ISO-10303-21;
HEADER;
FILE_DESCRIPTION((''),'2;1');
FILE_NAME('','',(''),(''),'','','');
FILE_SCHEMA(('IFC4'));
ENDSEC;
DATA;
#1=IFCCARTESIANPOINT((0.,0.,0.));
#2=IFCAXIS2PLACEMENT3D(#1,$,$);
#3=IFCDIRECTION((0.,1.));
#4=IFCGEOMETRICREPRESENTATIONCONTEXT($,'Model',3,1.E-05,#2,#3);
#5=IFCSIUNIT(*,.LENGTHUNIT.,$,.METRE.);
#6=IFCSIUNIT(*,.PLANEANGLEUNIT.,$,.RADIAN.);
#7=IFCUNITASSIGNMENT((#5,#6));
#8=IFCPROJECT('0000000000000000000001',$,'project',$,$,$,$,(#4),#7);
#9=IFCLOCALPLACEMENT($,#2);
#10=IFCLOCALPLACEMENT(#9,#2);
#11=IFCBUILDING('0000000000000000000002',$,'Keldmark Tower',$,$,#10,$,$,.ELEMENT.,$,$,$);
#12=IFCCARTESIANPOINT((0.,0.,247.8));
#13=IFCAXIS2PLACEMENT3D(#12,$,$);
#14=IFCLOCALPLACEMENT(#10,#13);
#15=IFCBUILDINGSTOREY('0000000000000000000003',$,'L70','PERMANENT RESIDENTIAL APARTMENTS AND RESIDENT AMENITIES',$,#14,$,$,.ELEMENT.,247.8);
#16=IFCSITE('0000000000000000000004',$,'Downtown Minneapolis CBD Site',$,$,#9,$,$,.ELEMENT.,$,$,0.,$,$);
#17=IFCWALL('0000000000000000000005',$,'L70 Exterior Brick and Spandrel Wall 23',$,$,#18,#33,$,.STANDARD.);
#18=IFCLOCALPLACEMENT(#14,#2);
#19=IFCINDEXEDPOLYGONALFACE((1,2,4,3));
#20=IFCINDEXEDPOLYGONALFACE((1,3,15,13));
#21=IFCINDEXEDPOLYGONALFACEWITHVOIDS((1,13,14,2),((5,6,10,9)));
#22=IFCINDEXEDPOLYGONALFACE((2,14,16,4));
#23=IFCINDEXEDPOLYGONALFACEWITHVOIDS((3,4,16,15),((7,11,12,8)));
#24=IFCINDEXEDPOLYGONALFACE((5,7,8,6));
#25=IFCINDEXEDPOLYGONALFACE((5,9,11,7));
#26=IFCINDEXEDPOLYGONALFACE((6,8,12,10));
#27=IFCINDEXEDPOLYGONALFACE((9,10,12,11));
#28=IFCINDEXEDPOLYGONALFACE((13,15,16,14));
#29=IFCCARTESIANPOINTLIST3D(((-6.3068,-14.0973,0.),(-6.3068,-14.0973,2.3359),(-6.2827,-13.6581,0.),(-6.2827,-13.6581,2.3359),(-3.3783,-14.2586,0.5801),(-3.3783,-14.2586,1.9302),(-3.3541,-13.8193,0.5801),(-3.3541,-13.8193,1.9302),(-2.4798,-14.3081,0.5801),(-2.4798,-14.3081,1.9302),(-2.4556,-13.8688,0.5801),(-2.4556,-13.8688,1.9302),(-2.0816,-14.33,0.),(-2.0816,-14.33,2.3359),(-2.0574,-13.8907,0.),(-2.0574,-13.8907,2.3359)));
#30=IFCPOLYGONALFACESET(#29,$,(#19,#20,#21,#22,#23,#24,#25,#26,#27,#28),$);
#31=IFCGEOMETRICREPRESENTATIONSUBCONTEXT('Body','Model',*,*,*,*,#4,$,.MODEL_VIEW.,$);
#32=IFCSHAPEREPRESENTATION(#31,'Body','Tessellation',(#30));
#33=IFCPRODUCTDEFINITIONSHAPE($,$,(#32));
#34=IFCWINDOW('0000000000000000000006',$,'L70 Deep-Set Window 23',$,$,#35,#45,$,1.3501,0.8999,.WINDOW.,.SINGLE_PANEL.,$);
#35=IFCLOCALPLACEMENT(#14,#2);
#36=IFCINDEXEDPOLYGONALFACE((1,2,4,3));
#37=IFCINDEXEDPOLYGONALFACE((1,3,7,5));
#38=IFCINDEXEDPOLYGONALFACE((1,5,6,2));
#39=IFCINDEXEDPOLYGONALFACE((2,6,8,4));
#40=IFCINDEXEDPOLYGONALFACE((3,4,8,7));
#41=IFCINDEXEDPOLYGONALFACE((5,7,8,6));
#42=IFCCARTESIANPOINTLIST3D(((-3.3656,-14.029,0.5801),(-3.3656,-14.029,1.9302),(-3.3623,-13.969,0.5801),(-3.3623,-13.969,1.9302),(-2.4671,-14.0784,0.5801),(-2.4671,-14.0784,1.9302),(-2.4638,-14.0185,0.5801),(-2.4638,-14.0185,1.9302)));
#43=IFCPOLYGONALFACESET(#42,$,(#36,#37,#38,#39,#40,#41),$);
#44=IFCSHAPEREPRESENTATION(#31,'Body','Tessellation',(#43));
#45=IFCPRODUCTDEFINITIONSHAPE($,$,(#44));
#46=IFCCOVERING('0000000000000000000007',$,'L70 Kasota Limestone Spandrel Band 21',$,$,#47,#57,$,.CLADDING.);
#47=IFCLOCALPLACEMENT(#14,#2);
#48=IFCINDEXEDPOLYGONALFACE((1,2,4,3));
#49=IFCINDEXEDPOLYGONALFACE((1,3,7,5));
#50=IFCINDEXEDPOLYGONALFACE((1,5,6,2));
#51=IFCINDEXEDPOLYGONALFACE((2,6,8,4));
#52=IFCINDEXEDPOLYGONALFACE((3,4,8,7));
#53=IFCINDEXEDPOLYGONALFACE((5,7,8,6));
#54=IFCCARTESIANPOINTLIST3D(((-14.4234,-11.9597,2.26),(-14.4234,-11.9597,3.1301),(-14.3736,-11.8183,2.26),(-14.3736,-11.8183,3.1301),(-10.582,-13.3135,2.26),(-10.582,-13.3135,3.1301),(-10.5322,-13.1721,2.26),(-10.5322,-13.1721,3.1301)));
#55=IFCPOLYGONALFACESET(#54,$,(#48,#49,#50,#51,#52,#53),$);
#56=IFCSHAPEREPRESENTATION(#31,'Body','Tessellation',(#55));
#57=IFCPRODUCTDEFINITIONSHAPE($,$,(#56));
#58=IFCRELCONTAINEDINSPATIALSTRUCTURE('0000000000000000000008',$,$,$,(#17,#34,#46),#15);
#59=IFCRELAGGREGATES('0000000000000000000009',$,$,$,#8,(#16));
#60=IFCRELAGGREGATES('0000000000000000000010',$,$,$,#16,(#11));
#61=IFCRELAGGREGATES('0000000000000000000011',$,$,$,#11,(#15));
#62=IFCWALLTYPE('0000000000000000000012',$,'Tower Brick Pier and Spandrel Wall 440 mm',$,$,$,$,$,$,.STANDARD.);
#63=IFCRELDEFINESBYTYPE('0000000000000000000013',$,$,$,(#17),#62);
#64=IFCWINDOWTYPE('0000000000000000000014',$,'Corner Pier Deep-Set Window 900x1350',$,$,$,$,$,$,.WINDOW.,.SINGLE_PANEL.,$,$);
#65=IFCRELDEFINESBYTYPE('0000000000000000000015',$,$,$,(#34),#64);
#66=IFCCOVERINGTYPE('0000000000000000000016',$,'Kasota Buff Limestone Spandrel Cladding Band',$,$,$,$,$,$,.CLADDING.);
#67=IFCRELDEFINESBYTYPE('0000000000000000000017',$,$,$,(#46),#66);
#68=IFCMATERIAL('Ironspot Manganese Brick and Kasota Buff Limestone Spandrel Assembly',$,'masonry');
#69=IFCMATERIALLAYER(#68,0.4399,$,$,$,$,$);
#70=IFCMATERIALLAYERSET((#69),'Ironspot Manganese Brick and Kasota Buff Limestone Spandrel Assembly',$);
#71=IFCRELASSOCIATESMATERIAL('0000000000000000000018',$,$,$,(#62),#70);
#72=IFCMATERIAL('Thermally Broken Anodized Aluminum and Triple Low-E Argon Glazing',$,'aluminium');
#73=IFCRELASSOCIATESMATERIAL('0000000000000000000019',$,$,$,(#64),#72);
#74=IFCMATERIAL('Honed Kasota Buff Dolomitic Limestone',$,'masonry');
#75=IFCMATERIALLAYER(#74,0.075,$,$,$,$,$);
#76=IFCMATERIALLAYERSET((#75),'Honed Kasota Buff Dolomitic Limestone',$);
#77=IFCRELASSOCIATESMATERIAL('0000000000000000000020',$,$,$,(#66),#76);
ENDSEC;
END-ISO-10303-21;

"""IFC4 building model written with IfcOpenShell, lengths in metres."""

from ifc_helpers import new_model, si_unit, direction, frame, frame_2d, origin, origin_2d, place, context, subcontext, project, spatial, rectangle, extrude, material, layer, layer_set, type_object, element, fill, save


model = new_model("IFC4")

# Units and contexts
model_context = context("Model", 3, precision=1e-05, world=origin(), true_north=direction((0.0, 1.0)))
body_context = subcontext(model_context, "Body", "Model", "MODEL_VIEW")
ifc_project = project(units=[si_unit("LENGTHUNIT", "METRE"), si_unit("PLANEANGLEUNIT", "RADIAN")], contexts=[model_context])

# Site, building, storey
site_placement = place(None, origin())
site = spatial("IfcSite", under=ifc_project, at=site_placement, Name="Downtown Minneapolis CBD Site", CompositionType="ELEMENT", RefElevation=0.0)
building_placement = place(site_placement, origin())
building = spatial("IfcBuilding", under=site, at=building_placement, Name="Keldmark Tower", CompositionType="ELEMENT")
storey_placement = place(building_placement, frame((0.0, 0.0, 247.8)))
storey = spatial("IfcBuildingStorey", under=building, at=storey_placement, Name="L70", Description="PERMANENT RESIDENTIAL APARTMENTS AND RESIDENT AMENITIES", CompositionType="ELEMENT", Elevation=247.8)

# Wall, opening, window
ifc_material_1 = material(Name="Ironspot Manganese Brick and Kasota Buff Limestone Spandrel Assembly", Category="masonry")
ifc_layer_1 = layer(ifc_material_1, 0.4399)
ifc_layer_set_1 = layer_set([ifc_layer_1], Name="Ironspot Manganese Brick and Kasota Buff Limestone Spandrel Assembly")
wall_type_1 = type_object("IfcWallType", Name="Tower Brick Pier and Spandrel Wall 440 mm", PredefinedType="STANDARD", material=ifc_layer_set_1)
ifc_material_2 = material(Name="Thermally Broken Anodized Aluminum and Triple Low-E Argon Glazing", Category="aluminium")
window_type = type_object("IfcWindowType", Name="Corner Pier Deep-Set Window 900x1350", PartitioningType="SINGLE_PANEL", PredefinedType="WINDOW", material=ifc_material_2)
wall_1_placement = place(storey_placement, frame((-2.0696, -14.1104, 0.0), z_axis=(0.0, 0.0, 1.0), x_axis=(-0.998487, 0.054981, 0.0)))
wall_1 = element("IfcWall", 1, at=wall_1_placement, inside=storey, type_object=wall_type_1, Name="L70 Exterior Brick and Spandrel Wall 23", PredefinedType="STANDARD", context=body_context, shape_type="SweptSolid", body=[
    extrude(rectangle(XDim=4.2317, YDim=0.4399, at=frame_2d((2.1157, 0.0))), origin(), (0.0, 0.0, 1.0), 2.3359),
])
opening_1_placement = place(wall_1_placement, frame((0.3987, 0.0, 0.5801)))
opening_1 = element("IfcOpeningElement", 2, at=opening_1_placement, cuts=wall_1, PredefinedType="OPENING", context=body_context, shape_type="SweptSolid", body=[
    extrude(rectangle(XDim=0.8999, YDim=1.3501, at=frame_2d((0.45, 0.675))), frame((0.0, 0.23, 0.0), z_axis=(0.0, -1.0, 0.0), x_axis=(1.0, 0.0, 0.0)), (0.0, 0.0, 1.0), 0.46),
])
window_1_placement = place(opening_1_placement, origin())
window_1 = element("IfcWindow", 3, at=window_1_placement, inside=storey, type_object=window_type, Name="L70 Deep-Set Window 23", OverallHeight=1.3501, OverallWidth=0.8999, PartitioningType="SINGLE_PANEL", PredefinedType="WINDOW", context=body_context, shape_type="SweptSolid", body=[
    extrude(rectangle(XDim=0.8999, YDim=1.3501, at=frame_2d((0.45, 0.675))), frame((0.0, -0.01, 0.0), z_axis=(0.0, -1.0, 0.0), x_axis=(1.0, 0.0, 0.0)), (0.0, 0.0, 1.0), 0.0601),
])
fill(opening_1, window_1)

# Covering
ifc_material_3 = material(Name="Honed Kasota Buff Dolomitic Limestone", Category="masonry")
ifc_layer_2 = layer(ifc_material_3, 0.075)
ifc_layer_set_2 = layer_set([ifc_layer_2], Name="Honed Kasota Buff Dolomitic Limestone")
covering_type = type_object("IfcCoveringType", Name="Kasota Buff Limestone Spandrel Cladding Band", PredefinedType="CLADDING", material=ifc_layer_set_2)
covering_placement = place(storey_placement, frame((-12.4778, -12.5659, 2.26), z_axis=(0.0, 0.0, 1.0), x_axis=(0.943141, -0.332392, 0.0)))
element("IfcCovering", 4, at=covering_placement, inside=storey, type_object=covering_type, Name="L70 Kasota Limestone Spandrel Band 21", PredefinedType="CLADDING", context=body_context, shape_type="SweptSolid", body=[
    extrude(rectangle(XDim=4.073, YDim=0.1499, at=origin_2d()), origin(), (0.0, 0.0, 1.0), 0.8701),
])

save(model, "model.ifc")
